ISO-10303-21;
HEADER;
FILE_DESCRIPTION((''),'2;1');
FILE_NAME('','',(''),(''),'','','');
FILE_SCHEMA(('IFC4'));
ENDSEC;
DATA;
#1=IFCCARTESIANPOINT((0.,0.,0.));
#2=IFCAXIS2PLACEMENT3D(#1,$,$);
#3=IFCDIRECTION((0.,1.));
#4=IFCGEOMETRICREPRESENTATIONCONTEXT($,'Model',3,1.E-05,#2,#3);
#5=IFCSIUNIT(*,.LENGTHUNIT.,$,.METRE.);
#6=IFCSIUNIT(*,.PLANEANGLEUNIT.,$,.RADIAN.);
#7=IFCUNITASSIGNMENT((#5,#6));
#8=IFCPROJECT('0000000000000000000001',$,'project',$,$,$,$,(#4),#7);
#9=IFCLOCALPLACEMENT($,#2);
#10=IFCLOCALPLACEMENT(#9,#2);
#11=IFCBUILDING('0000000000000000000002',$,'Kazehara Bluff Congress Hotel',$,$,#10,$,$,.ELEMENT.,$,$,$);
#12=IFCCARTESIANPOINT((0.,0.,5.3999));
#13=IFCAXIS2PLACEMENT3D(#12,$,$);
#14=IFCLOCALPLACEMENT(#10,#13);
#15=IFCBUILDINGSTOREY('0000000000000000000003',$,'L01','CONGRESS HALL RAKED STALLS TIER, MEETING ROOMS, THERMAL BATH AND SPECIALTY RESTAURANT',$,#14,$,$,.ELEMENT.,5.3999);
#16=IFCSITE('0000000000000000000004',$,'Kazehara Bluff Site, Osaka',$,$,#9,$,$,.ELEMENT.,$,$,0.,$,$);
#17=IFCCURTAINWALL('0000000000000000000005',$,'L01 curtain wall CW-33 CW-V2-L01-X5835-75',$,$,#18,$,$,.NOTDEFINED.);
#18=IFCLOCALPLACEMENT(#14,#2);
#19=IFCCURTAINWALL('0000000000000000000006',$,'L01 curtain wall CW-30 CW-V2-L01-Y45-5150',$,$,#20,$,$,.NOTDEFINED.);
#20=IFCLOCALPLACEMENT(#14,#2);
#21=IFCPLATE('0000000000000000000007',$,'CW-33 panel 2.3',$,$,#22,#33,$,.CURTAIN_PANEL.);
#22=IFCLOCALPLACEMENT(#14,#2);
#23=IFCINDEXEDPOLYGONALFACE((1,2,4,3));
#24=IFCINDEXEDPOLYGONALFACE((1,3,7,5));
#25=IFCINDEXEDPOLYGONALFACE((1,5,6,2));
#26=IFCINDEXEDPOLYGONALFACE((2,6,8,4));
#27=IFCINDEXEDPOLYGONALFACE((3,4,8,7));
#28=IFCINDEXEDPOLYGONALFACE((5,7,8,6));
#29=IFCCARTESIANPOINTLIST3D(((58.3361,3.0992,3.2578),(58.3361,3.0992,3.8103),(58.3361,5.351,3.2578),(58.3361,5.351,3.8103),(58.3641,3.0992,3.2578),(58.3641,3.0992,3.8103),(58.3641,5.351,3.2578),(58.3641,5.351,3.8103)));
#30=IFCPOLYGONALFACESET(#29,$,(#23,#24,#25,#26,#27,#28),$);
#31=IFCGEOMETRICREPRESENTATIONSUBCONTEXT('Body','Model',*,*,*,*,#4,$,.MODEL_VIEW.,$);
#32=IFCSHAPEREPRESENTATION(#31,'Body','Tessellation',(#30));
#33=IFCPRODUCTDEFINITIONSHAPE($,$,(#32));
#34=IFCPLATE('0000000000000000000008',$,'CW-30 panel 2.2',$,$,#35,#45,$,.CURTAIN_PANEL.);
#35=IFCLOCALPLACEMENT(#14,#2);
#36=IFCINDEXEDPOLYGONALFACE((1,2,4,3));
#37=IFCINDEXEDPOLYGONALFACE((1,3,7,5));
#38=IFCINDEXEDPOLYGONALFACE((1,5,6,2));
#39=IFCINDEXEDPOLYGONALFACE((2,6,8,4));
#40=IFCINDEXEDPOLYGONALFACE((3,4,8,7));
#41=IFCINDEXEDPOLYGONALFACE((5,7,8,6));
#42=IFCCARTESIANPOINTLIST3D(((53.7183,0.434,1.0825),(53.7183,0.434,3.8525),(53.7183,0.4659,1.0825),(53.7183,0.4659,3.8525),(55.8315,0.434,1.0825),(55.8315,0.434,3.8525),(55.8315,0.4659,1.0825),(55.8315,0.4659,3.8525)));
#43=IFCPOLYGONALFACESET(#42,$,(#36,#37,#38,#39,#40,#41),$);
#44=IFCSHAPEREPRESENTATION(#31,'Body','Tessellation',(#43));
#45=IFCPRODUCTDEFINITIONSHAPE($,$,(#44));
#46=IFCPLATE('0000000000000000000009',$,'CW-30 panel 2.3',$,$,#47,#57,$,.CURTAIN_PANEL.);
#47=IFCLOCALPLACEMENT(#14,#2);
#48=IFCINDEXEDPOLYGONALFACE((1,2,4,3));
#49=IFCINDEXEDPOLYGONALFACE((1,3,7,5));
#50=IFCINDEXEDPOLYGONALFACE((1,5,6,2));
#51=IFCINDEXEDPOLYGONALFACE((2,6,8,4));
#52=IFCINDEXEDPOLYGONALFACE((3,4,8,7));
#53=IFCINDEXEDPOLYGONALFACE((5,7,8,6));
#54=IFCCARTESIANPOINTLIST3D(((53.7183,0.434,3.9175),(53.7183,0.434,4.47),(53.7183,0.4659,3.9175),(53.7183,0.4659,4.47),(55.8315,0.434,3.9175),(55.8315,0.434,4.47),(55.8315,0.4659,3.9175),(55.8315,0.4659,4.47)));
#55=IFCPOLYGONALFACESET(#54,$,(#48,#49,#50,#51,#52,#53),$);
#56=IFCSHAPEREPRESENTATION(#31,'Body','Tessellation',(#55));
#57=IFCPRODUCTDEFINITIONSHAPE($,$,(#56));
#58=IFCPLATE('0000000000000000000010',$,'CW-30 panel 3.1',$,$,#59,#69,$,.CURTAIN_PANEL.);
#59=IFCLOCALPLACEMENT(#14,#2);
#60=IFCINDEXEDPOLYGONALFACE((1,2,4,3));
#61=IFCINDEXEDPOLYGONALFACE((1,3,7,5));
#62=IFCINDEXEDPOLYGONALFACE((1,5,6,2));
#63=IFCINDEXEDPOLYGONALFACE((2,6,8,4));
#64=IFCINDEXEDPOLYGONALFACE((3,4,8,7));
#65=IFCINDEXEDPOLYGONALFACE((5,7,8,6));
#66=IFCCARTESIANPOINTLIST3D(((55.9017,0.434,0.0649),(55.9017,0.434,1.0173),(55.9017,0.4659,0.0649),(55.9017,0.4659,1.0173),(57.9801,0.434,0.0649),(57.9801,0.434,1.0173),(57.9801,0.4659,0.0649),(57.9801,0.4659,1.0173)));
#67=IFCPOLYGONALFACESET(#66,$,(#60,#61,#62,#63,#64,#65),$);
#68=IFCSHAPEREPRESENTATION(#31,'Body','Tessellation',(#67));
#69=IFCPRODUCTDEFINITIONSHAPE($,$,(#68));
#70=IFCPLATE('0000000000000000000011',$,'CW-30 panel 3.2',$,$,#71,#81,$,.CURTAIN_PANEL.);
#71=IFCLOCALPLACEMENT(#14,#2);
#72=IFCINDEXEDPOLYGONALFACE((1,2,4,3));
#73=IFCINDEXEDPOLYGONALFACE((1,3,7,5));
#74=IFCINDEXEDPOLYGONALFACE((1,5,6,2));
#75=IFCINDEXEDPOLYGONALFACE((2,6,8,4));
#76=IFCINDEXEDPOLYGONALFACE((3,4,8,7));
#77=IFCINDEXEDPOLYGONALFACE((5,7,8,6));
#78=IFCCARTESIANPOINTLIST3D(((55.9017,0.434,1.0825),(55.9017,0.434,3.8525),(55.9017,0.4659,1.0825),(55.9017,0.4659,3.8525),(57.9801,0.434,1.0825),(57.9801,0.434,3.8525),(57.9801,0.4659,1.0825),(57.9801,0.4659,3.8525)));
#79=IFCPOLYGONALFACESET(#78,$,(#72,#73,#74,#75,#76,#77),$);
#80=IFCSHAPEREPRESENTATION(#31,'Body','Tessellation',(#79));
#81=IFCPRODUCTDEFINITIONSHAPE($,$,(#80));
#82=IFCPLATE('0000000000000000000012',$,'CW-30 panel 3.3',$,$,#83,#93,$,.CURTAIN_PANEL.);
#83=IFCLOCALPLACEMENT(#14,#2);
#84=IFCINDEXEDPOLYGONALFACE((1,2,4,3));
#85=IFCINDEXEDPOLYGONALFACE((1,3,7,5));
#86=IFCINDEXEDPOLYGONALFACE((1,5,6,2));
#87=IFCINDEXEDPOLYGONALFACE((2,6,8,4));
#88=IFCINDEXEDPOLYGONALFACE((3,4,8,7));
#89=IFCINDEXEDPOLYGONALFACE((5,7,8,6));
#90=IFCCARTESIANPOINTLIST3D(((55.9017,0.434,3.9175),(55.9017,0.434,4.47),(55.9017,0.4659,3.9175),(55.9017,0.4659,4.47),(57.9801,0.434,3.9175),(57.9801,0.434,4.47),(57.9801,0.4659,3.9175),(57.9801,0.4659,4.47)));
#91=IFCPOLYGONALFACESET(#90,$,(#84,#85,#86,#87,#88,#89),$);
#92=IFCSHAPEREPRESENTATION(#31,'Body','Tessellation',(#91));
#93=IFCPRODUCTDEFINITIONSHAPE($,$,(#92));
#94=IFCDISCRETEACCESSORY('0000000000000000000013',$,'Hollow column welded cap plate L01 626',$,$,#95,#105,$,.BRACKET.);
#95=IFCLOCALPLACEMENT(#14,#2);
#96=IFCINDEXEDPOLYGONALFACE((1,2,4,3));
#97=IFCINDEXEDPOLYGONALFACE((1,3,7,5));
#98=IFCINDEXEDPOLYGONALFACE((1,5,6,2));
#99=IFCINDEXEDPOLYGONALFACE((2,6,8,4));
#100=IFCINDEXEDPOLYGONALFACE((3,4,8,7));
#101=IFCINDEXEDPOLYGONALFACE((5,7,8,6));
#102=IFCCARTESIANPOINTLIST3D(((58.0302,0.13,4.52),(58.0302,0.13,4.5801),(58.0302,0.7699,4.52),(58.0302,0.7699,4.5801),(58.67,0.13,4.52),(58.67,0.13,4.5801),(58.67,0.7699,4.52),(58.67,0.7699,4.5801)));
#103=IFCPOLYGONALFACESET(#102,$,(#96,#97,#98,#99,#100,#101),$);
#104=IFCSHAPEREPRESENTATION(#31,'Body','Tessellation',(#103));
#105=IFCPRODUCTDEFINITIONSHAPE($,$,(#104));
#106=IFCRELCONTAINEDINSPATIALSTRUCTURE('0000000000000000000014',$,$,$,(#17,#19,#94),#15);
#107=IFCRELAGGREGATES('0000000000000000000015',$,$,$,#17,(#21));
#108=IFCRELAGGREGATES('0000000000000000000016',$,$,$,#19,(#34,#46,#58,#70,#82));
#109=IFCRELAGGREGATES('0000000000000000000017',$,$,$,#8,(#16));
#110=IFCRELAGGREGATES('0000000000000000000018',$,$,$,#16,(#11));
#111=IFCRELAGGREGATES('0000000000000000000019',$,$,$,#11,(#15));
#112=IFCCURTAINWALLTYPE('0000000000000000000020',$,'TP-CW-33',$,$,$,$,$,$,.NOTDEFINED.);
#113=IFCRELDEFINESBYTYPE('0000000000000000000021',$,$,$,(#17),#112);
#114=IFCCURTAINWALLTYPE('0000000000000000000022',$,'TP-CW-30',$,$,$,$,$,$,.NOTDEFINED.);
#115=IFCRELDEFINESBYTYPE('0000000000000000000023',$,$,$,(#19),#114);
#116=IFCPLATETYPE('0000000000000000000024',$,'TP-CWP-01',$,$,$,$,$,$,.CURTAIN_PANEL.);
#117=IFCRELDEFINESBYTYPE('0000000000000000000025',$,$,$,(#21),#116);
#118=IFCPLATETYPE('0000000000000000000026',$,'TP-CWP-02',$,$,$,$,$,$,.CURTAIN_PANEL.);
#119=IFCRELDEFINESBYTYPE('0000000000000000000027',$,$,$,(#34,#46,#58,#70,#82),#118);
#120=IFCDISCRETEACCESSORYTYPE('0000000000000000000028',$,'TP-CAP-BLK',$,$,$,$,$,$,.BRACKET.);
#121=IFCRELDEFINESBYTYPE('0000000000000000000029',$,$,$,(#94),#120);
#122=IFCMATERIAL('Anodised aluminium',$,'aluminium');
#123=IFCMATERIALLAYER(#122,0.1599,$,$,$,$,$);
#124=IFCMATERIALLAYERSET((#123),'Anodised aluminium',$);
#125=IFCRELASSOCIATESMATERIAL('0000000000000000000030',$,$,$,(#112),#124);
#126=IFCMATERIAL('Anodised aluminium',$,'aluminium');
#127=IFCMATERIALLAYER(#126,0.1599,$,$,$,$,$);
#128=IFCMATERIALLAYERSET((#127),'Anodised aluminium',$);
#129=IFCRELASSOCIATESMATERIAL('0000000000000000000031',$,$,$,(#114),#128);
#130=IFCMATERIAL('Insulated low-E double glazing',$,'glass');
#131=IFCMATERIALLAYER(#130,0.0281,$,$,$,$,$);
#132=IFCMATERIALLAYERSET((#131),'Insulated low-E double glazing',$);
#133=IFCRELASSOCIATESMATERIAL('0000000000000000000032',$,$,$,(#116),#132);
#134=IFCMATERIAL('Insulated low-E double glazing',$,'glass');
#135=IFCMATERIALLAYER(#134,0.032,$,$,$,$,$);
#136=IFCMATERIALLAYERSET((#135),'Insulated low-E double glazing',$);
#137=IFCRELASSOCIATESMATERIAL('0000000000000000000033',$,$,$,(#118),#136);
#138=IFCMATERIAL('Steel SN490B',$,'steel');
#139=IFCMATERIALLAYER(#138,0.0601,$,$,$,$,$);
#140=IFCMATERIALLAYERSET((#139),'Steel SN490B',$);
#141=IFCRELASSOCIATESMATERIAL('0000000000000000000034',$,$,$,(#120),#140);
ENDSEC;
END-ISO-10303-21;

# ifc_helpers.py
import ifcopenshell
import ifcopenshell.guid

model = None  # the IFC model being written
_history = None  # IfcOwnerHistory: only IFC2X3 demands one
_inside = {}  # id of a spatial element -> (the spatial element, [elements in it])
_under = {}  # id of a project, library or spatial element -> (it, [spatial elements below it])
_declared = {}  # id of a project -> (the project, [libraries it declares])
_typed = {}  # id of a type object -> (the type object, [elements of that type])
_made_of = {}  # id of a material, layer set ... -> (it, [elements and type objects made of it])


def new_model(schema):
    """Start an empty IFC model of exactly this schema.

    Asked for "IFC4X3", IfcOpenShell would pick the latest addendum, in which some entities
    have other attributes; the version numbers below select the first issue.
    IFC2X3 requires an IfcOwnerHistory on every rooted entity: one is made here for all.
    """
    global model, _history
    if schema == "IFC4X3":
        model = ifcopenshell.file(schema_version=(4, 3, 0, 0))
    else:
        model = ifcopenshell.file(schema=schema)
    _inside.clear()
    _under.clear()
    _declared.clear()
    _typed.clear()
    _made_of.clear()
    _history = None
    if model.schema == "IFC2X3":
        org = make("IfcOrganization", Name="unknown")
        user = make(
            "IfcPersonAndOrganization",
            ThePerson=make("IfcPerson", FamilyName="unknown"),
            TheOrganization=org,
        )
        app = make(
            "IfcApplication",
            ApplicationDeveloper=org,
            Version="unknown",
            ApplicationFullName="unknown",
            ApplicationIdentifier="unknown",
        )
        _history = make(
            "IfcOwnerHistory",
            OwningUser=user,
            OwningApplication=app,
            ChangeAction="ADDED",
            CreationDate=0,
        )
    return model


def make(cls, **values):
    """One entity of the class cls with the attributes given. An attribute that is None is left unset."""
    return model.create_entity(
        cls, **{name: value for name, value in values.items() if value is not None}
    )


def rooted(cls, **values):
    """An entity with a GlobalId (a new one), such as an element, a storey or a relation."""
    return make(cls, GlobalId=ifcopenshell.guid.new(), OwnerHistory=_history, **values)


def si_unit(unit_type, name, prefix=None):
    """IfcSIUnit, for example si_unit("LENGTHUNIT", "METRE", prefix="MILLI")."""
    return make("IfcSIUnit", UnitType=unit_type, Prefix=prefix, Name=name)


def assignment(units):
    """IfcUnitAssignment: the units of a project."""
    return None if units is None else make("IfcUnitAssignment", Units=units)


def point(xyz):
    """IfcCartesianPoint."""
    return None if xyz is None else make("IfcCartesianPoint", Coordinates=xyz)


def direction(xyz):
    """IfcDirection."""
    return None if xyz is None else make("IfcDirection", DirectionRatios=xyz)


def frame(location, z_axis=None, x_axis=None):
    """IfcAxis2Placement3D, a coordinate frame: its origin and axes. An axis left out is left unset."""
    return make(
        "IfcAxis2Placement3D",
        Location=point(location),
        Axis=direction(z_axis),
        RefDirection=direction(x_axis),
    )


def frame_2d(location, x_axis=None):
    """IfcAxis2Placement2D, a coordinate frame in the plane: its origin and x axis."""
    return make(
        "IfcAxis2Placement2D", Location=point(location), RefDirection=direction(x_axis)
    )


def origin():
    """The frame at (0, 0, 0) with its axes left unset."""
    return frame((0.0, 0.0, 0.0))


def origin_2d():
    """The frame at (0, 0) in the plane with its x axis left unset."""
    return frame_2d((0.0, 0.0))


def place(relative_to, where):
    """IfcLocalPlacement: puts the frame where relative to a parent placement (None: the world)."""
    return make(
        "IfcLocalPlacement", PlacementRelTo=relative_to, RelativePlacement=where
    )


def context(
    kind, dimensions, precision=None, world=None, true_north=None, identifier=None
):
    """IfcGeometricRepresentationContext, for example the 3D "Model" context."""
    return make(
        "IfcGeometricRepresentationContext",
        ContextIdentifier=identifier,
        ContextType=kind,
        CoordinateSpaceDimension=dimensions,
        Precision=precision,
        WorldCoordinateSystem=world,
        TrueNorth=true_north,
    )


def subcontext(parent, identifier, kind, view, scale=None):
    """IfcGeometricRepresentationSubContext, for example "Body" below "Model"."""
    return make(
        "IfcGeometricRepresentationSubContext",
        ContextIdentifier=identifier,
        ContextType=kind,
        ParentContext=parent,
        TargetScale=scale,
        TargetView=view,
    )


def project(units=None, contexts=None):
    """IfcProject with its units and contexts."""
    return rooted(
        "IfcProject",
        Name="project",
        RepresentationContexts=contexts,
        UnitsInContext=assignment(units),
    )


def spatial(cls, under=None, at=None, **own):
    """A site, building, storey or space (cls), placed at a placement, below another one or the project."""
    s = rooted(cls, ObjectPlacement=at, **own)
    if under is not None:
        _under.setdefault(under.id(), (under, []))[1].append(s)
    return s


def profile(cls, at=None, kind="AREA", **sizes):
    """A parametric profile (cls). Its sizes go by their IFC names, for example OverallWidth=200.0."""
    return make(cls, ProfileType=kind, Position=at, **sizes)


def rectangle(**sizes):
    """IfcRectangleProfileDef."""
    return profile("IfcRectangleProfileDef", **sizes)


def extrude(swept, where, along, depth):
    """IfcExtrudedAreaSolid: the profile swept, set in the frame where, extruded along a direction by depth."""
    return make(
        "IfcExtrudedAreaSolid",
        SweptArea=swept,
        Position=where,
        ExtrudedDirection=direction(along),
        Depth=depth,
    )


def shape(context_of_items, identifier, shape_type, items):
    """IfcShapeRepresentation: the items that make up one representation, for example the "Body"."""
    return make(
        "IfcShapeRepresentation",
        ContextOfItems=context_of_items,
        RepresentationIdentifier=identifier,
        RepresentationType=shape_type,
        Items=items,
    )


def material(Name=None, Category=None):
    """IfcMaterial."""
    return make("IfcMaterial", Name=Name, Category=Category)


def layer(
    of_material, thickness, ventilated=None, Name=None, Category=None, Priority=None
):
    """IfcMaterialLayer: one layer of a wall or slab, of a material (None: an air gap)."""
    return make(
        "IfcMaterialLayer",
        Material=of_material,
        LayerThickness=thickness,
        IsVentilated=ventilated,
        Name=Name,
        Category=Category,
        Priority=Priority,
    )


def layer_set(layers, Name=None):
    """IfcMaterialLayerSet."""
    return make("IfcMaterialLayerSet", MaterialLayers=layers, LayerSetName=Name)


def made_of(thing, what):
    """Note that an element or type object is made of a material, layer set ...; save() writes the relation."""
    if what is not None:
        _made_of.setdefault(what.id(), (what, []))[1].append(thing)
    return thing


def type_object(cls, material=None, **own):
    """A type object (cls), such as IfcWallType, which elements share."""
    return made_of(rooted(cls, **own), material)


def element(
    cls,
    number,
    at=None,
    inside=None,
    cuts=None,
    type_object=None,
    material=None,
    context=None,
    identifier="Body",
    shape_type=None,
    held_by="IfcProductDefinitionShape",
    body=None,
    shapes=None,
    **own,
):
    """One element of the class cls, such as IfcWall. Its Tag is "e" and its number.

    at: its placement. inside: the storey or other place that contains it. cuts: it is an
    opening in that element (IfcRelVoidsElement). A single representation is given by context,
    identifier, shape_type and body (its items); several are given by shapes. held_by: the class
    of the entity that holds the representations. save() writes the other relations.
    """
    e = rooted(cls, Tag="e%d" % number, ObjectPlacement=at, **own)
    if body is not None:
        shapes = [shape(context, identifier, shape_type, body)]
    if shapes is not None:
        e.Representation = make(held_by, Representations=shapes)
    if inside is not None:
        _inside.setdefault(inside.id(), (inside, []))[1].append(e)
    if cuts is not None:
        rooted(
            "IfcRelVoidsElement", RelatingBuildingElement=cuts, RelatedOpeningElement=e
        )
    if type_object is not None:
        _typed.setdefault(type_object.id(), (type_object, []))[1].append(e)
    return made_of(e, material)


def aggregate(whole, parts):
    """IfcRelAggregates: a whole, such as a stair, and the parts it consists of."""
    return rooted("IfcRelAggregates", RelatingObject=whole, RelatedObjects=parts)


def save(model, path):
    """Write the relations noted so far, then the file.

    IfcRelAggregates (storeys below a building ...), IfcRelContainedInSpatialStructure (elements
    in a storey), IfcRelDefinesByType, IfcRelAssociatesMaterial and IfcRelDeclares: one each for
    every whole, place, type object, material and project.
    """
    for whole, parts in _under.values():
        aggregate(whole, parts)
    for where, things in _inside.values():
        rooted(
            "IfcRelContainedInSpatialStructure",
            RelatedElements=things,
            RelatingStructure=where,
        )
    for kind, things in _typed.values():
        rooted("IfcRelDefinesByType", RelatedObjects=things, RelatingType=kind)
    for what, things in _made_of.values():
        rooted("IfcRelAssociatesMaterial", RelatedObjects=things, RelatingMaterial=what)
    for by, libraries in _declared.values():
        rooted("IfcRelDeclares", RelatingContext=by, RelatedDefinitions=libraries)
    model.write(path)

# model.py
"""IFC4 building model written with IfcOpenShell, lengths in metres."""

from ifc_helpers import new_model, si_unit, direction, frame, origin, origin_2d, place, context, subcontext, project, spatial, rectangle, extrude, material, layer, layer_set, type_object, element, aggregate, save


model = new_model("IFC4")

# Units and contexts
model_context = context("Model", 3, precision=1e-05, world=origin(), true_north=direction((0.0, 1.0)))
body_context = subcontext(model_context, "Body", "Model", "MODEL_VIEW")
ifc_project = project(units=[si_unit("LENGTHUNIT", "METRE"), si_unit("PLANEANGLEUNIT", "RADIAN")], contexts=[model_context])

# Site, building, storey
site_placement = place(None, origin())
site = spatial("IfcSite", under=ifc_project, at=site_placement, Name="Kazehara Bluff Site, Osaka", CompositionType="ELEMENT", RefElevation=0.0)
building_placement = place(site_placement, origin())
building = spatial("IfcBuilding", under=site, at=building_placement, Name="Kazehara Bluff Congress Hotel", CompositionType="ELEMENT")
storey_placement = place(building_placement, frame((0.0, 0.0, 5.3999)))
storey = spatial("IfcBuildingStorey", under=building, at=storey_placement, Name="L01", Description="CONGRESS HALL RAKED STALLS TIER, MEETING ROOMS, THERMAL BATH AND SPECIALTY RESTAURANT", CompositionType="ELEMENT", Elevation=5.3999)

# Curtain walls
ifc_material_1 = material(Name="Anodised aluminium", Category="aluminium")
ifc_layer_1 = layer(ifc_material_1, 0.1599)
ifc_layer_set_1 = layer_set([ifc_layer_1], Name="Anodised aluminium")
curtain_wall_type_1 = type_object("IfcCurtainWallType", Name="TP-CW-33", PredefinedType="NOTDEFINED", material=ifc_layer_set_1)
curtain_wall_1_placement = place(storey_placement, origin())
curtain_wall_1 = element("IfcCurtainWall", 1, at=curtain_wall_1_placement, inside=storey, type_object=curtain_wall_type_1, Name="L01 curtain wall CW-33 CW-V2-L01-X5835-75", PredefinedType="NOTDEFINED")
ifc_material_2 = material(Name="Anodised aluminium", Category="aluminium")
ifc_layer_2 = layer(ifc_material_2, 0.1599)
ifc_layer_set_2 = layer_set([ifc_layer_2], Name="Anodised aluminium")
curtain_wall_type_2 = type_object("IfcCurtainWallType", Name="TP-CW-30", PredefinedType="NOTDEFINED", material=ifc_layer_set_2)
curtain_wall_2_placement = place(storey_placement, origin())
curtain_wall_2 = element("IfcCurtainWall", 2, at=curtain_wall_2_placement, inside=storey, type_object=curtain_wall_type_2, Name="L01 curtain wall CW-30 CW-V2-L01-Y45-5150", PredefinedType="NOTDEFINED")

# Plates
ifc_material_3 = material(Name="Insulated low-E double glazing", Category="glass")
ifc_layer_3 = layer(ifc_material_3, 0.0281)
ifc_layer_set_3 = layer_set([ifc_layer_3], Name="Insulated low-E double glazing")
plate_type_1 = type_object("IfcPlateType", Name="TP-CWP-01", PredefinedType="CURTAIN_PANEL", material=ifc_layer_set_3)
plate_1_placement = place(storey_placement, frame((58.3501, 4.2251, 3.2578), z_axis=(0.0, 0.0, 1.0), x_axis=(0.0, 1.0, 0.0)))
plate_1 = element("IfcPlate", 3, at=plate_1_placement, type_object=plate_type_1, Name="CW-33 panel 2.3", PredefinedType="CURTAIN_PANEL", context=body_context, shape_type="SweptSolid", body=[
    extrude(rectangle(XDim=2.2517, YDim=0.0281, at=origin_2d()), origin(), (0.0, 0.0, 1.0), 0.5525),
])
aggregate(curtain_wall_1, [plate_1])
ifc_material_4 = material(Name="Insulated low-E double glazing", Category="glass")
ifc_layer_4 = layer(ifc_material_4, 0.032)
ifc_layer_set_4 = layer_set([ifc_layer_4], Name="Insulated low-E double glazing")
plate_type_2 = type_object("IfcPlateType", Name="TP-CWP-02", PredefinedType="CURTAIN_PANEL", material=ifc_layer_set_4)
plate_2_placement = place(storey_placement, frame((54.7749, 0.45, 1.0825), z_axis=(0.0, 0.0, 1.0), x_axis=(1.0, 0.0, 0.0)))
plate_2 = element("IfcPlate", 4, at=plate_2_placement, type_object=plate_type_2, Name="CW-30 panel 2.2", PredefinedType="CURTAIN_PANEL", context=body_context, shape_type="SweptSolid", body=[
    extrude(rectangle(XDim=2.1133, YDim=0.032, at=origin_2d()), origin(), (0.0, 0.0, 1.0), 2.77),
])
plate_3_placement = place(storey_placement, frame((54.7749, 0.45, 3.9175), z_axis=(0.0, 0.0, 1.0), x_axis=(1.0, 0.0, 0.0)))
plate_3 = element("IfcPlate", 5, at=plate_3_placement, type_object=plate_type_2, Name="CW-30 panel 2.3", PredefinedType="CURTAIN_PANEL", context=body_context, shape_type="SweptSolid", body=[
    extrude(rectangle(XDim=2.1133, YDim=0.032, at=origin_2d()), origin(), (0.0, 0.0, 1.0), 0.5525),
])
plate_4_placement = place(storey_placement, frame((56.9409, 0.45, 0.0649), z_axis=(0.0, 0.0, 1.0), x_axis=(1.0, 0.0, 0.0)))
plate_4 = element("IfcPlate", 6, at=plate_4_placement, type_object=plate_type_2, Name="CW-30 panel 3.1", PredefinedType="CURTAIN_PANEL", context=body_context, shape_type="SweptSolid", body=[
    extrude(rectangle(XDim=2.0784, YDim=0.032, at=origin_2d()), origin(), (0.0, 0.0, 1.0), 0.9524),
])
plate_5_placement = place(storey_placement, frame((56.9409, 0.45, 1.0825), z_axis=(0.0, 0.0, 1.0), x_axis=(1.0, 0.0, 0.0)))
plate_5 = element("IfcPlate", 7, at=plate_5_placement, type_object=plate_type_2, Name="CW-30 panel 3.2", PredefinedType="CURTAIN_PANEL", context=body_context, shape_type="SweptSolid", body=[
    extrude(rectangle(XDim=2.0784, YDim=0.032, at=origin_2d()), origin(), (0.0, 0.0, 1.0), 2.77),
])
plate_6_placement = place(storey_placement, frame((56.9409, 0.45, 3.9175), z_axis=(0.0, 0.0, 1.0), x_axis=(1.0, 0.0, 0.0)))
plate_6 = element("IfcPlate", 8, at=plate_6_placement, type_object=plate_type_2, Name="CW-30 panel 3.3", PredefinedType="CURTAIN_PANEL", context=body_context, shape_type="SweptSolid", body=[
    extrude(rectangle(XDim=2.0784, YDim=0.032, at=origin_2d()), origin(), (0.0, 0.0, 1.0), 0.5525),
])
aggregate(curtain_wall_2, [plate_2, plate_3, plate_4, plate_5, plate_6])

# Discrete accessory
ifc_material_5 = material(Name="Steel SN490B", Category="steel")
ifc_layer_5 = layer(ifc_material_5, 0.0601)
ifc_layer_set_5 = layer_set([ifc_layer_5], Name="Steel SN490B")
discrete_accessory_type = type_object("IfcDiscreteAccessoryType", Name="TP-CAP-BLK", PredefinedType="BRACKET", material=ifc_layer_set_5)
discrete_accessory_placement = place(storey_placement, frame((58.3501, 0.45, 4.52), z_axis=(0.0, 0.0, 1.0), x_axis=(1.0, 0.0, 0.0)))
element("IfcDiscreteAccessory", 9, at=discrete_accessory_placement, inside=storey, type_object=discrete_accessory_type, Name="Hollow column welded cap plate L01 626", PredefinedType="BRACKET", context=body_context, shape_type="SweptSolid", body=[
    extrude(rectangle(XDim=0.6399, YDim=0.6399, at=origin_2d()), origin(), (0.0, 0.0, 1.0), 0.0601),
])

save(model, "model.ifc")
